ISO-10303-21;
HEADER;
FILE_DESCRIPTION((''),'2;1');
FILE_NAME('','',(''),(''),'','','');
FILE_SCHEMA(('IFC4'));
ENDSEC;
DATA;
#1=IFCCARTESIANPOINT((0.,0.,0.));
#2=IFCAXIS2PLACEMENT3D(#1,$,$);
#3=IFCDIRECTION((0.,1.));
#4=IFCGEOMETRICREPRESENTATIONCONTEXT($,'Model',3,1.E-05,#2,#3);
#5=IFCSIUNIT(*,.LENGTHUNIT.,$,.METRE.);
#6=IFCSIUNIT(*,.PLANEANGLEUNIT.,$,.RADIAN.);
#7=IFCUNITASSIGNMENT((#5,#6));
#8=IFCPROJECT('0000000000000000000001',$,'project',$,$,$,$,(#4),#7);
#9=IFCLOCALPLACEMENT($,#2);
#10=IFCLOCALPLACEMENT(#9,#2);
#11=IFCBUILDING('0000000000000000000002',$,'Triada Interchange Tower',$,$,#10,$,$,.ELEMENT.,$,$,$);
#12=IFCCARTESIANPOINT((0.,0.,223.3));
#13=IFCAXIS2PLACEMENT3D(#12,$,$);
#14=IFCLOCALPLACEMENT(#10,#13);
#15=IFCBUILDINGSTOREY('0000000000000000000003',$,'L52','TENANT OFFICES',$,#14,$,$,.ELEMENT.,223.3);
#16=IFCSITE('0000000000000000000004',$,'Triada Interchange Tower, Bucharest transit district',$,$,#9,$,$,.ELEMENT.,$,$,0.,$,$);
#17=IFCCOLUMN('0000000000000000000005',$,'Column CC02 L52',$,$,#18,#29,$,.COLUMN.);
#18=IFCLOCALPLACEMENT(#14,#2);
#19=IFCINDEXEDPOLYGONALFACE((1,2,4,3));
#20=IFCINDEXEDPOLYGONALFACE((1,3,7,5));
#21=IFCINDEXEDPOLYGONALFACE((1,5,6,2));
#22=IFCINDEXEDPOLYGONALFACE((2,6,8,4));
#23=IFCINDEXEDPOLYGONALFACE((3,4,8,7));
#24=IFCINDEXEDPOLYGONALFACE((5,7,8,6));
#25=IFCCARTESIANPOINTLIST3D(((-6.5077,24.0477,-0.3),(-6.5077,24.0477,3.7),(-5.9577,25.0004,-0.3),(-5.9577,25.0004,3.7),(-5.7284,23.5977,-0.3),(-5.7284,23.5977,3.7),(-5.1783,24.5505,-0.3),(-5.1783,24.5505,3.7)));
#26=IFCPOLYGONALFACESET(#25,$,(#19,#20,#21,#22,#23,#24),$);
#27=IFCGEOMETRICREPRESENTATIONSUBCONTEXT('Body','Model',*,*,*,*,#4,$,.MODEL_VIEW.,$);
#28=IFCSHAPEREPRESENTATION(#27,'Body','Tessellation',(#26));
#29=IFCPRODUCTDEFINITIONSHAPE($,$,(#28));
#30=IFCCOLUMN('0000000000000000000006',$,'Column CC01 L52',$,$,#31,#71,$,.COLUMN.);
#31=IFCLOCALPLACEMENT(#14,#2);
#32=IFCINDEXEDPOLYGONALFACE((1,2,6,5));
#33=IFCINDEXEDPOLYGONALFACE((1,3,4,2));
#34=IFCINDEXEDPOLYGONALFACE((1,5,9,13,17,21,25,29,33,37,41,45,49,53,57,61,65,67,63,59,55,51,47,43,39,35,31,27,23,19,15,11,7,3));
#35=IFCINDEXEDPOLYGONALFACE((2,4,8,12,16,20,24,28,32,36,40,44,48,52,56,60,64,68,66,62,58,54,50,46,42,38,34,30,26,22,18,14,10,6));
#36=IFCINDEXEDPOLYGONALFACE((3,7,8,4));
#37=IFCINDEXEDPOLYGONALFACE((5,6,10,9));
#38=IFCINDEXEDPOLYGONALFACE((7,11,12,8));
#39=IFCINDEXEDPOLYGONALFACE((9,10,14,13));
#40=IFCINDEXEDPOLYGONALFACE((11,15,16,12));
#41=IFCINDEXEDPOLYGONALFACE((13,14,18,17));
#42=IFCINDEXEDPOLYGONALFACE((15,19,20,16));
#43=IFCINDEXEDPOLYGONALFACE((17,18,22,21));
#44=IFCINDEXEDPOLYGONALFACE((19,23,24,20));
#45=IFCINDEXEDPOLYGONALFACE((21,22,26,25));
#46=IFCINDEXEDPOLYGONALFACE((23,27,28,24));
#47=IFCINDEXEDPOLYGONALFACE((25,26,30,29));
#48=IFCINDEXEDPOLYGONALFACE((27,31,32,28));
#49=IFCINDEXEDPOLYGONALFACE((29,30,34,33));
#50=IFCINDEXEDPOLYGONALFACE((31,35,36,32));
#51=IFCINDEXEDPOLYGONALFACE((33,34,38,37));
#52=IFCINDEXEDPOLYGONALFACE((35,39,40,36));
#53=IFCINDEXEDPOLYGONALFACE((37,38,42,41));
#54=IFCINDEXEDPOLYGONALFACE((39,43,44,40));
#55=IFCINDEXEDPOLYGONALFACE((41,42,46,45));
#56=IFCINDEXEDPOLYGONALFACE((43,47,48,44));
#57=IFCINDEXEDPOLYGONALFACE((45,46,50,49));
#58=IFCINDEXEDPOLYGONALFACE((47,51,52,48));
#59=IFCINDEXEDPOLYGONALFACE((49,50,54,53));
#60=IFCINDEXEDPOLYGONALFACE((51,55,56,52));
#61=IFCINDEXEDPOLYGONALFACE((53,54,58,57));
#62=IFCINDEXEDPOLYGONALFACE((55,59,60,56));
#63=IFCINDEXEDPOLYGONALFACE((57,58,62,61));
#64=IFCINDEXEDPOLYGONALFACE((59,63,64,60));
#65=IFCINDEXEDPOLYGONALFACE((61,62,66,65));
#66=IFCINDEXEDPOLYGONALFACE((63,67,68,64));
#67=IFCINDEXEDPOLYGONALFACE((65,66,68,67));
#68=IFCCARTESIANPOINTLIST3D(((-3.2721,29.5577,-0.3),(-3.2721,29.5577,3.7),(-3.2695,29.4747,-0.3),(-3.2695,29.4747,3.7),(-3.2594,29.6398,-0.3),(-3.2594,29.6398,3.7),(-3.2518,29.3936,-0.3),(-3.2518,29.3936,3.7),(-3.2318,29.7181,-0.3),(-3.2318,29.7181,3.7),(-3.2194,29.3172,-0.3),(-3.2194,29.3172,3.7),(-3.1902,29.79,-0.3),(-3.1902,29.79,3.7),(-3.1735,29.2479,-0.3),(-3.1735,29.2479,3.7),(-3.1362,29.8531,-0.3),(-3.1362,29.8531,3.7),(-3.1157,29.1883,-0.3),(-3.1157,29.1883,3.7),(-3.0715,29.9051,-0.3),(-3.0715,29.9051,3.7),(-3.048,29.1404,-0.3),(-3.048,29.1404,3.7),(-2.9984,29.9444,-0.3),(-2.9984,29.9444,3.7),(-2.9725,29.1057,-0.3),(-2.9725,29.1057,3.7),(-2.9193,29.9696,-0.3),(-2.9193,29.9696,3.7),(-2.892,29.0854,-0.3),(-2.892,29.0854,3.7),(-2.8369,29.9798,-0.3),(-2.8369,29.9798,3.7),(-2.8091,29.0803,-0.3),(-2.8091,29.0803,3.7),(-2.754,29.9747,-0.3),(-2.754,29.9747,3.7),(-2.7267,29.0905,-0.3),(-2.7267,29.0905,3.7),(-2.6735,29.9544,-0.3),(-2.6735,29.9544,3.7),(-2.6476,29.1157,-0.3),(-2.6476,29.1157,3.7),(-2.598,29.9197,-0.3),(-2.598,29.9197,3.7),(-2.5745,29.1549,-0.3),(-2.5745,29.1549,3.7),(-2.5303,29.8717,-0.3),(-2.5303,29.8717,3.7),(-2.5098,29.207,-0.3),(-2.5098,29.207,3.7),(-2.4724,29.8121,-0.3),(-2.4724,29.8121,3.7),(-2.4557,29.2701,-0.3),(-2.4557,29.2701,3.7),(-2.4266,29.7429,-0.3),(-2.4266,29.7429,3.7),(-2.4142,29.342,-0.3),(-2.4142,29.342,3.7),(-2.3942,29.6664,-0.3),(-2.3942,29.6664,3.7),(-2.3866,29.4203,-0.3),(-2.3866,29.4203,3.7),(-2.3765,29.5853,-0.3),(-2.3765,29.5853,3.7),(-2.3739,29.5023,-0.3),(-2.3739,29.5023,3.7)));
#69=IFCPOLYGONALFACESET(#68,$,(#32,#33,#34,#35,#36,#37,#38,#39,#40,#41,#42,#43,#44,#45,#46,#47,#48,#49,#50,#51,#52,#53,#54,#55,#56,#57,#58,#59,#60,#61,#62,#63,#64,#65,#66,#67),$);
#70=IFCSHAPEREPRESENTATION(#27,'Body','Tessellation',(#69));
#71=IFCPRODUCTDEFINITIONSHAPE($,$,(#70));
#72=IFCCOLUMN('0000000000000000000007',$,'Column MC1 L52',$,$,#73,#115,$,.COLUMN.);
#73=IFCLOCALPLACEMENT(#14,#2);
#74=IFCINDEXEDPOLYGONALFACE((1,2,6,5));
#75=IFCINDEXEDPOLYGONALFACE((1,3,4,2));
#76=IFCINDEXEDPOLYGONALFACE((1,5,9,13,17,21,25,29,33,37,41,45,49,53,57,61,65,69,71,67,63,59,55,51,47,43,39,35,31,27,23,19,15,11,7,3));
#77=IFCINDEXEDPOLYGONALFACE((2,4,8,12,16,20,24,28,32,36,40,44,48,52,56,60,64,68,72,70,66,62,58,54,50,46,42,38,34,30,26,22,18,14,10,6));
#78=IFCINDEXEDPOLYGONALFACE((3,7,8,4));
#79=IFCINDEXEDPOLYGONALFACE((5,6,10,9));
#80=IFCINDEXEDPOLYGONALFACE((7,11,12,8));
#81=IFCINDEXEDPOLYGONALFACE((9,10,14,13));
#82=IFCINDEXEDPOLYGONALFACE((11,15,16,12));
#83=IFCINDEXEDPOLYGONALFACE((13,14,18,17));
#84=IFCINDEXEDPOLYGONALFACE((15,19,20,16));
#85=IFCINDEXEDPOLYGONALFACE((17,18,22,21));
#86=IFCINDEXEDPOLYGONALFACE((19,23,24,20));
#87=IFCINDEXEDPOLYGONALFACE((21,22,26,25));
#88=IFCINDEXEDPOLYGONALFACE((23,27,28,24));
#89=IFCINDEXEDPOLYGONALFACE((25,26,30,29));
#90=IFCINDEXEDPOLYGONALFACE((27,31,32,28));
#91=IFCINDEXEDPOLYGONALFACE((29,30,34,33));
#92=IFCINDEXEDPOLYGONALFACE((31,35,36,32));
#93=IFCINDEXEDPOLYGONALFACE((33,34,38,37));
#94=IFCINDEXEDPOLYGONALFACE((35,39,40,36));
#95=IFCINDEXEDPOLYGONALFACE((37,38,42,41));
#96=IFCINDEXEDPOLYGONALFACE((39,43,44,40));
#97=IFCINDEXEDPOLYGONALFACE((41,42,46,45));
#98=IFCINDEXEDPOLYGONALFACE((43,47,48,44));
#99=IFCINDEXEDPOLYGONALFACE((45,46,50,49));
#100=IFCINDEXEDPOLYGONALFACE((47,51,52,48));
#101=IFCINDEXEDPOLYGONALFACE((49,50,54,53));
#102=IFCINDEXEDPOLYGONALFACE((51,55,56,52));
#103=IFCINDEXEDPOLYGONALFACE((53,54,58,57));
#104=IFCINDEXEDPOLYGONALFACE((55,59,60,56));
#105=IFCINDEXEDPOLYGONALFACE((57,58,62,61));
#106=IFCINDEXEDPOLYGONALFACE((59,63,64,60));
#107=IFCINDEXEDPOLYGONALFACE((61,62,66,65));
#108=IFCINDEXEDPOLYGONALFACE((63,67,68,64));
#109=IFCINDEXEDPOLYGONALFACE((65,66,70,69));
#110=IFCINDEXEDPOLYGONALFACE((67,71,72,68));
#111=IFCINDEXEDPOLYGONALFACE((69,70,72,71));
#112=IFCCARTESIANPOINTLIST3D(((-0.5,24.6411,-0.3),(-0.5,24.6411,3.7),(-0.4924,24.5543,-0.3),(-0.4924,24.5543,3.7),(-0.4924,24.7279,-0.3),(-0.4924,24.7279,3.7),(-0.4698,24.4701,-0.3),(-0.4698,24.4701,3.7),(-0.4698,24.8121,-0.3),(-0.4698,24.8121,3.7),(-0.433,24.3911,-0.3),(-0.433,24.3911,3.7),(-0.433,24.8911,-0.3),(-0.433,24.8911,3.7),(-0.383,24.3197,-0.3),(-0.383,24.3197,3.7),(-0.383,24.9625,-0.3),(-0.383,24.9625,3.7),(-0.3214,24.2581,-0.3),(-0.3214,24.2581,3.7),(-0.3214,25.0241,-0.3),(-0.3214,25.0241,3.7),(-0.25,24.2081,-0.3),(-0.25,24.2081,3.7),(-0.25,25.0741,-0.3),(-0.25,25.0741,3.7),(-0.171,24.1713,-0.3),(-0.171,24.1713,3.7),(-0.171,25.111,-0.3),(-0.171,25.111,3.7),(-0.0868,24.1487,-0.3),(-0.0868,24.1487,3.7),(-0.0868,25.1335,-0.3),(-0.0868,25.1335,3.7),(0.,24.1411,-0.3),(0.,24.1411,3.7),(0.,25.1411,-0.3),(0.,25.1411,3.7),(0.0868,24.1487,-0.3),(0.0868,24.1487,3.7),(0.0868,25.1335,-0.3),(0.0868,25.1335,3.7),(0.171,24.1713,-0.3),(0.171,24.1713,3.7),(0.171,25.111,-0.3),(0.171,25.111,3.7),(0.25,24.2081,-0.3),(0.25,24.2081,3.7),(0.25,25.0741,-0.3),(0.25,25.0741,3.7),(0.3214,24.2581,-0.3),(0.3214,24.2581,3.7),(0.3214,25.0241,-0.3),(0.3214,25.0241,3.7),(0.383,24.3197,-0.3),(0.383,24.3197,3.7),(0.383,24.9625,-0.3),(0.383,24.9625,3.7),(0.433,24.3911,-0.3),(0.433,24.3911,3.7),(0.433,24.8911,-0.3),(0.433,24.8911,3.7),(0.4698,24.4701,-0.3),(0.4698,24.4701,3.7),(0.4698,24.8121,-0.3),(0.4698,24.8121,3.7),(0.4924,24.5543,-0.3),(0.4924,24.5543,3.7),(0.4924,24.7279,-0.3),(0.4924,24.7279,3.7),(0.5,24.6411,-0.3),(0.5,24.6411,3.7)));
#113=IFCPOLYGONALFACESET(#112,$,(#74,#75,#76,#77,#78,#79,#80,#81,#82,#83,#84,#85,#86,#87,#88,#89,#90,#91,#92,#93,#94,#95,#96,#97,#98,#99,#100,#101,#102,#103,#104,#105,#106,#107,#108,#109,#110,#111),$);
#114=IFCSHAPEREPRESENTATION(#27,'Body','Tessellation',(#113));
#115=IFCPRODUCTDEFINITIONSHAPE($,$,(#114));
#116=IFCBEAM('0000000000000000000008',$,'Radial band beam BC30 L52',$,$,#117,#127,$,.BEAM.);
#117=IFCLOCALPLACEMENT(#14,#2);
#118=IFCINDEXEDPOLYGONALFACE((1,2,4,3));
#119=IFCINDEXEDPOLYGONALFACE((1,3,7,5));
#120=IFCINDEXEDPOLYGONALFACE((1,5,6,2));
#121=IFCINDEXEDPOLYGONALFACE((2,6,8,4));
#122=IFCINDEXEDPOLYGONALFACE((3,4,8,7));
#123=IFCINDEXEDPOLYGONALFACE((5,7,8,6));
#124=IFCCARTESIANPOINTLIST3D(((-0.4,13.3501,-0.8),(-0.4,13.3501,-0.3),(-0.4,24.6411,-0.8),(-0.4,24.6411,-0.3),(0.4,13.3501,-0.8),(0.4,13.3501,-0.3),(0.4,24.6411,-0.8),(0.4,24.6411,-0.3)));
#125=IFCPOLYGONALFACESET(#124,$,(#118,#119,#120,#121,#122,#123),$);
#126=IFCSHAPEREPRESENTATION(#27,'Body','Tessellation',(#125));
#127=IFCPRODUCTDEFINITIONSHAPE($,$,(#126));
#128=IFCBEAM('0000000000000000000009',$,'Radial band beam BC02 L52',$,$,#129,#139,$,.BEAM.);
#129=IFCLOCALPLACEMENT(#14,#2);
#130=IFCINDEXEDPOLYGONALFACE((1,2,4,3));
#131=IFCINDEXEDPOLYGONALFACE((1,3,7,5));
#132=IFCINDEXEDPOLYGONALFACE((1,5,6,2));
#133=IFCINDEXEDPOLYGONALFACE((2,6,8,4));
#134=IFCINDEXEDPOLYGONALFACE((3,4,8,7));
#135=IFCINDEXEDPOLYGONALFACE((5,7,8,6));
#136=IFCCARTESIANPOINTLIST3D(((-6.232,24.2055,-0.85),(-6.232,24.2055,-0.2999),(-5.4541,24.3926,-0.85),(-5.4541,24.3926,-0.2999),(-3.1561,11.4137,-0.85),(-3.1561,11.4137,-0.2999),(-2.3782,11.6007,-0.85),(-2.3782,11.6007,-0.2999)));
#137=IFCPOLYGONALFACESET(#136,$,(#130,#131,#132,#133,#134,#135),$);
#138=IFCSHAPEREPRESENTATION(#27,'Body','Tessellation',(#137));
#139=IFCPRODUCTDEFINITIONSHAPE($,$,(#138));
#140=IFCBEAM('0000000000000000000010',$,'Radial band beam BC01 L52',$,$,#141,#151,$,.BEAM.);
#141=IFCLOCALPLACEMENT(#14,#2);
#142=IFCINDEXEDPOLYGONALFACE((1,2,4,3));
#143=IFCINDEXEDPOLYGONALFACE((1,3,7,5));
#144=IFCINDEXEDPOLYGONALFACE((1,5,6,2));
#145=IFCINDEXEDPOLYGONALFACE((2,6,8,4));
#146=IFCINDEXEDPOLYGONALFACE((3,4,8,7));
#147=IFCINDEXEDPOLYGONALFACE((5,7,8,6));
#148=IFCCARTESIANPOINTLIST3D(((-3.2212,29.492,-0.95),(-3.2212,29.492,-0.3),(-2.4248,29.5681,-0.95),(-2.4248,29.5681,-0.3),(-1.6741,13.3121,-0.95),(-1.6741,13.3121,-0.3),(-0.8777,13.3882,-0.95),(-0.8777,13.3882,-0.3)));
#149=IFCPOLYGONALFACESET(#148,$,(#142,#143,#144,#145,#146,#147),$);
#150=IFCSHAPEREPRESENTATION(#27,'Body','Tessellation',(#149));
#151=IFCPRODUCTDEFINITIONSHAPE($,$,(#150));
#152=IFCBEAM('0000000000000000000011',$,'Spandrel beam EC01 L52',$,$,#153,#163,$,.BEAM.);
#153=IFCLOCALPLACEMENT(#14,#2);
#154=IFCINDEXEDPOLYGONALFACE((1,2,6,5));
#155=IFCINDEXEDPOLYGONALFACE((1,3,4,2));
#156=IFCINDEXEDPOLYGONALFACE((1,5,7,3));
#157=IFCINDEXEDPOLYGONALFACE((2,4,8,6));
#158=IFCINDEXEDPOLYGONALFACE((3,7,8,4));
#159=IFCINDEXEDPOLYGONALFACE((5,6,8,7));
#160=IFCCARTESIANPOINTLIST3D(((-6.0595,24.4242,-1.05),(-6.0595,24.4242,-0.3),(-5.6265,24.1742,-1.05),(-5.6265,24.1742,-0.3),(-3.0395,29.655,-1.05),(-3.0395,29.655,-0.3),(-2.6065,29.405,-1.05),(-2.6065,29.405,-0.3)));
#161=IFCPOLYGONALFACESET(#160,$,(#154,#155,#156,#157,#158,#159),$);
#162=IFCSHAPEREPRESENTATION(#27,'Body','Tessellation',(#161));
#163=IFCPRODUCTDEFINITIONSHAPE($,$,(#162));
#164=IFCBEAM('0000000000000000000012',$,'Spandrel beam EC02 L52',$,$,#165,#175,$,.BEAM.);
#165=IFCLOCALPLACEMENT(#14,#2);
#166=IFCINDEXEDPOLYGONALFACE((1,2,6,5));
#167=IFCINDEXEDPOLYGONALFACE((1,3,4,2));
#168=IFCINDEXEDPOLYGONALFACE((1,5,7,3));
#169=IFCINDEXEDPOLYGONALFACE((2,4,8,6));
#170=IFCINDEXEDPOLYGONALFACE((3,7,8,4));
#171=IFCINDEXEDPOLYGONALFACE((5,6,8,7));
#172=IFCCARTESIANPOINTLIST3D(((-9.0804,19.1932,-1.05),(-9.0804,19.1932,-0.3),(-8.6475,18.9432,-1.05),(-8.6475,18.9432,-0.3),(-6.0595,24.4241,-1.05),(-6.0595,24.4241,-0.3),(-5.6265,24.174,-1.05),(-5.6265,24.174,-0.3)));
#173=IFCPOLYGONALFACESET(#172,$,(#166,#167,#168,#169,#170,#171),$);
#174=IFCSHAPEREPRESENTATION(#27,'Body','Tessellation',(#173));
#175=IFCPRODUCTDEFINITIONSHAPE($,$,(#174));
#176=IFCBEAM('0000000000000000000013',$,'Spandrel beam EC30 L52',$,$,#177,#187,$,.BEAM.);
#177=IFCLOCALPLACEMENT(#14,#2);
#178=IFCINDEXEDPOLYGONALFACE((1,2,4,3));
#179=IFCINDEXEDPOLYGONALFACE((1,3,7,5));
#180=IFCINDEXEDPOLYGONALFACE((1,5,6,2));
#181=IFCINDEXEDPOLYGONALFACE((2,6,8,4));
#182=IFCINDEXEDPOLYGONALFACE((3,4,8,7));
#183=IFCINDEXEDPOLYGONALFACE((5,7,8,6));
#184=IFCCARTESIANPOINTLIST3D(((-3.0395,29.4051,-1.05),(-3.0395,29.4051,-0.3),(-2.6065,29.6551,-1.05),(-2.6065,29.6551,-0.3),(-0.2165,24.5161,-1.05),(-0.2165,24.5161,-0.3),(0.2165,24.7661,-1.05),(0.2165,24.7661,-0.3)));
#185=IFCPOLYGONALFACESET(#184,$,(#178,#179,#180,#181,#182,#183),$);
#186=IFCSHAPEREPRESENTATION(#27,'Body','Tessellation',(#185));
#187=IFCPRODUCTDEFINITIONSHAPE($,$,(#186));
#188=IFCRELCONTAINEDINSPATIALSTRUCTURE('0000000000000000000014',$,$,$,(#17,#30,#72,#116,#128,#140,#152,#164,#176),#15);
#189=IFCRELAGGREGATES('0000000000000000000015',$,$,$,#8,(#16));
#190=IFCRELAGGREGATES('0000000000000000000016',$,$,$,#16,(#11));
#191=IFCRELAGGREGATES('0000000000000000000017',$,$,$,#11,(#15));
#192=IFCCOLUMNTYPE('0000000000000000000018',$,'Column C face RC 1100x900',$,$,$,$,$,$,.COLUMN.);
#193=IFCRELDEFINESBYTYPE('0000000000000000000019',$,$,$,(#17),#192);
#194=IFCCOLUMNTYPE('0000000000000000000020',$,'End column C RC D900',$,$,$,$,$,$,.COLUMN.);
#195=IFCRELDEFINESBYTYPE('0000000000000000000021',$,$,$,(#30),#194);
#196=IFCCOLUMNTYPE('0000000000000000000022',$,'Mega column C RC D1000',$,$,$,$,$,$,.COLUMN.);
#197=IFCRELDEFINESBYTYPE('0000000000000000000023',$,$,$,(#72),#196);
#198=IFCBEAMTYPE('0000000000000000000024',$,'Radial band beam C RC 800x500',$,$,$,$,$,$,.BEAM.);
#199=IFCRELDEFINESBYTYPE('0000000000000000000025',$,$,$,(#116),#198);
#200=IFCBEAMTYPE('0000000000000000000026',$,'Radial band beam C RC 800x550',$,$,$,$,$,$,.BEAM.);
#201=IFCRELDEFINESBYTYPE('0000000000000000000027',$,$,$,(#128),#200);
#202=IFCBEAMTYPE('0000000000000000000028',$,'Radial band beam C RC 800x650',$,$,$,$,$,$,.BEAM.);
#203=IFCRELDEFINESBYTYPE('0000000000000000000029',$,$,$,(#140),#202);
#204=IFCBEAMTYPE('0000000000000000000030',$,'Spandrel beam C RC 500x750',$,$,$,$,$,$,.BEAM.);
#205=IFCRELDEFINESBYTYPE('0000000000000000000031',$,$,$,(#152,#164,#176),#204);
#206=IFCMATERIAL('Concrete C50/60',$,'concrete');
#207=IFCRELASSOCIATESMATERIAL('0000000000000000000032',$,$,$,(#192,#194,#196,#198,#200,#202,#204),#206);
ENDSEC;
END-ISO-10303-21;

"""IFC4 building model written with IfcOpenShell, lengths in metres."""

from ifc_helpers import new_model, si_unit, direction, frame, origin, origin_2d, place, context, subcontext, project, spatial, rectangle, circle, extrude, material, material_profile, profile_set, type_object, element, save


model = new_model("IFC4")

# Units and contexts
model_context = context("Model", 3, precision=1e-05, world=origin(), true_north=direction((0.0, 1.0)))
body_context = subcontext(model_context, "Body", "Model", "MODEL_VIEW")
ifc_project = project(units=[si_unit("LENGTHUNIT", "METRE"), si_unit("PLANEANGLEUNIT", "RADIAN")], contexts=[model_context])

# Site, building, storey
site_placement = place(None, origin())
site = spatial("IfcSite", under=ifc_project, at=site_placement, Name="Triada Interchange Tower, Bucharest transit district", CompositionType="ELEMENT", RefElevation=0.0)
building_placement = place(site_placement, origin())
building = spatial("IfcBuilding", under=site, at=building_placement, Name="Triada Interchange Tower", CompositionType="ELEMENT")
storey_placement = place(building_placement, frame((0.0, 0.0, 223.3)))
storey = spatial("IfcBuildingStorey", under=building, at=storey_placement, Name="L52", Description="TENANT OFFICES", CompositionType="ELEMENT", Elevation=223.3)

# Columns
ifc_material_1 = material(Name="Concrete C50/60", Category="concrete")
ifc_material_profile_1 = material_profile(ifc_material_1, rectangle(XDim=1.1001, YDim=0.8999, at=origin_2d()), Name="RC 1100x900")
ifc_profile_set_1 = profile_set([ifc_material_profile_1], Name="Concrete C50/60")
column_type_1 = type_object("IfcColumnType", Name="Column C face RC 1100x900", PredefinedType="COLUMN", material=ifc_profile_set_1)
column_1_placement = place(storey_placement, frame((-5.843, 24.2991, -0.3), z_axis=(0.0, 0.0, 1.0), x_axis=(0.5, 0.866025, 0.0)))
element("IfcColumn", 1, at=column_1_placement, inside=storey, type_object=column_type_1, Name="Column CC02 L52", PredefinedType="COLUMN", context=body_context, shape_type="SweptSolid", body=[
    extrude(rectangle(XDim=1.1001, YDim=0.8999, at=origin_2d()), origin(), (0.0, 0.0, 1.0), 4.0),
])
ifc_material_profile_2 = material_profile(ifc_material_1, circle(Radius=0.45, at=origin_2d()), Name="RC D900")
ifc_profile_set_2 = profile_set([ifc_material_profile_2], Name="Concrete C50/60")
column_type_2 = type_object("IfcColumnType", Name="End column C RC D900", PredefinedType="COLUMN", material=ifc_profile_set_2)
column_2_placement = place(storey_placement, frame((-2.823, 29.53, -0.3), z_axis=(0.0, 0.0, 1.0), x_axis=(0.5, 0.866025, 0.0)))
element("IfcColumn", 2, at=column_2_placement, inside=storey, type_object=column_type_2, Name="Column CC01 L52", PredefinedType="COLUMN", context=body_context, shape_type="SweptSolid", body=[
    extrude(circle(Radius=0.45, at=origin_2d()), origin(), (0.0, 0.0, 1.0), 4.0),
])
ifc_material_profile_3 = material_profile(ifc_material_1, circle(Radius=0.5, at=origin_2d()), Name="RC D1000")
ifc_profile_set_3 = profile_set([ifc_material_profile_3], Name="Concrete C50/60")
column_type_3 = type_object("IfcColumnType", Name="Mega column C RC D1000", PredefinedType="COLUMN", material=ifc_profile_set_3)
column_3_placement = place(storey_placement, frame((0.0, 24.6411, -0.3), z_axis=(0.0, 0.0, 1.0), x_axis=(1.0, 0.0, 0.0)))
element("IfcColumn", 3, at=column_3_placement, inside=storey, type_object=column_type_3, Name="Column MC1 L52", PredefinedType="COLUMN", context=body_context, shape_type="SweptSolid", body=[
    extrude(circle(Radius=0.5, at=origin_2d()), origin(), (0.0, 0.0, 1.0), 4.0),
])

# Beams
ifc_material_profile_4 = material_profile(ifc_material_1, rectangle(XDim=0.8, YDim=0.5, at=origin_2d()), Name="RC 800x500")
ifc_profile_set_4 = profile_set([ifc_material_profile_4], Name="Concrete C50/60")
beam_type_1 = type_object("IfcBeamType", Name="Radial band beam C RC 800x500", PredefinedType="BEAM", material=ifc_profile_set_4)
beam_1_placement = place(storey_placement, frame((0.0, 24.6411, -0.55), z_axis=(0.0, -1.0, 0.0), x_axis=(1.0, 0.0, 0.0)))
element("IfcBeam", 4, at=beam_1_placement, inside=storey, type_object=beam_type_1, Name="Radial band beam BC30 L52", PredefinedType="BEAM", context=body_context, shape_type="SweptSolid", body=[
    extrude(rectangle(XDim=0.8, YDim=0.5, at=origin_2d()), origin(), (0.0, 0.0, 1.0), 11.291),
])
ifc_material_profile_5 = material_profile(ifc_material_1, rectangle(XDim=0.8, YDim=0.55, at=origin_2d()), Name="RC 800x550")
ifc_profile_set_5 = profile_set([ifc_material_profile_5], Name="Concrete C50/60")
beam_type_2 = type_object("IfcBeamType", Name="Radial band beam C RC 800x550", PredefinedType="BEAM", material=ifc_profile_set_5)
beam_2_placement = place(storey_placement, frame((-5.843, 24.2991, -0.575), z_axis=(0.233793, -0.972286, 0.0), x_axis=(0.972286, 0.233793, 0.0)))
element("IfcBeam", 5, at=beam_2_placement, inside=storey, type_object=beam_type_2, Name="Radial band beam BC02 L52", PredefinedType="BEAM", context=body_context, shape_type="SweptSolid", body=[
    extrude(rectangle(XDim=0.8, YDim=0.55, at=origin_2d()), origin(), (0.0, 0.0, 1.0), 13.1565),
])
ifc_material_profile_6 = material_profile(ifc_material_1, rectangle(XDim=0.8, YDim=0.6499, at=origin_2d()), Name="RC 800x650")
ifc_profile_set_6 = profile_set([ifc_material_profile_6], Name="Concrete C50/60")
beam_type_3 = type_object("IfcBeamType", Name="Radial band beam C RC 800x650", PredefinedType="BEAM", material=ifc_profile_set_6)
beam_3_placement = place(storey_placement, frame((-2.823, 29.53, -0.625), z_axis=(0.095185, -0.99546, 0.0), x_axis=(0.99546, 0.095185, 0.0)))
element("IfcBeam", 6, at=beam_3_placement, inside=storey, type_object=beam_type_3, Name="Radial band beam BC01 L52", PredefinedType="BEAM", context=body_context, shape_type="SweptSolid", body=[
    extrude(rectangle(XDim=0.8, YDim=0.6499, at=origin_2d()), origin(), (0.0, 0.0, 1.0), 16.2537),
])
ifc_material_profile_7 = material_profile(ifc_material_1, rectangle(XDim=0.5, YDim=0.75, at=origin_2d()), Name="RC 500x750")
ifc_profile_set_7 = profile_set([ifc_material_profile_7], Name="Concrete C50/60")
beam_type_4 = type_object("IfcBeamType", Name="Spandrel beam C RC 500x750", PredefinedType="BEAM", material=ifc_profile_set_7)
beam_4_placement = place(storey_placement, frame((-2.823, 29.53, -0.675), z_axis=(-0.499991, -0.866031, 0.0), x_axis=(0.866031, -0.499991, 0.0)))
element("IfcBeam", 7, at=beam_4_placement, inside=storey, type_object=beam_type_4, Name="Spandrel beam EC01 L52", PredefinedType="BEAM", context=body_context, shape_type="SweptSolid", body=[
    extrude(rectangle(XDim=0.5, YDim=0.75, at=origin_2d()), origin(), (0.0, 0.0, 1.0), 6.04),
])
beam_5_placement = place(storey_placement, frame((-5.843, 24.2991, -0.675), z_axis=(-0.500112, -0.865961, 0.0), x_axis=(0.865961, -0.500112, 0.0)))
element("IfcBeam", 8, at=beam_5_placement, inside=storey, type_object=beam_type_4, Name="Spandrel beam EC02 L52", PredefinedType="BEAM", context=body_context, shape_type="SweptSolid", body=[
    extrude(rectangle(XDim=0.5, YDim=0.75, at=origin_2d()), origin(), (0.0, 0.0, 1.0), 6.0405),
])
beam_6_placement = place(storey_placement, frame((0.0, 24.6411, -0.675), z_axis=(-0.500051, 0.865996, 0.0), x_axis=(-0.865996, -0.500051, 0.0)))
element("IfcBeam", 9, at=beam_6_placement, inside=storey, type_object=beam_type_4, Name="Spandrel beam EC30 L52", PredefinedType="BEAM", context=body_context, shape_type="SweptSolid", body=[
    extrude(rectangle(XDim=0.5, YDim=0.75, at=origin_2d()), origin(), (0.0, 0.0, 1.0), 5.6455),
])

save(model, "model.ifc")
